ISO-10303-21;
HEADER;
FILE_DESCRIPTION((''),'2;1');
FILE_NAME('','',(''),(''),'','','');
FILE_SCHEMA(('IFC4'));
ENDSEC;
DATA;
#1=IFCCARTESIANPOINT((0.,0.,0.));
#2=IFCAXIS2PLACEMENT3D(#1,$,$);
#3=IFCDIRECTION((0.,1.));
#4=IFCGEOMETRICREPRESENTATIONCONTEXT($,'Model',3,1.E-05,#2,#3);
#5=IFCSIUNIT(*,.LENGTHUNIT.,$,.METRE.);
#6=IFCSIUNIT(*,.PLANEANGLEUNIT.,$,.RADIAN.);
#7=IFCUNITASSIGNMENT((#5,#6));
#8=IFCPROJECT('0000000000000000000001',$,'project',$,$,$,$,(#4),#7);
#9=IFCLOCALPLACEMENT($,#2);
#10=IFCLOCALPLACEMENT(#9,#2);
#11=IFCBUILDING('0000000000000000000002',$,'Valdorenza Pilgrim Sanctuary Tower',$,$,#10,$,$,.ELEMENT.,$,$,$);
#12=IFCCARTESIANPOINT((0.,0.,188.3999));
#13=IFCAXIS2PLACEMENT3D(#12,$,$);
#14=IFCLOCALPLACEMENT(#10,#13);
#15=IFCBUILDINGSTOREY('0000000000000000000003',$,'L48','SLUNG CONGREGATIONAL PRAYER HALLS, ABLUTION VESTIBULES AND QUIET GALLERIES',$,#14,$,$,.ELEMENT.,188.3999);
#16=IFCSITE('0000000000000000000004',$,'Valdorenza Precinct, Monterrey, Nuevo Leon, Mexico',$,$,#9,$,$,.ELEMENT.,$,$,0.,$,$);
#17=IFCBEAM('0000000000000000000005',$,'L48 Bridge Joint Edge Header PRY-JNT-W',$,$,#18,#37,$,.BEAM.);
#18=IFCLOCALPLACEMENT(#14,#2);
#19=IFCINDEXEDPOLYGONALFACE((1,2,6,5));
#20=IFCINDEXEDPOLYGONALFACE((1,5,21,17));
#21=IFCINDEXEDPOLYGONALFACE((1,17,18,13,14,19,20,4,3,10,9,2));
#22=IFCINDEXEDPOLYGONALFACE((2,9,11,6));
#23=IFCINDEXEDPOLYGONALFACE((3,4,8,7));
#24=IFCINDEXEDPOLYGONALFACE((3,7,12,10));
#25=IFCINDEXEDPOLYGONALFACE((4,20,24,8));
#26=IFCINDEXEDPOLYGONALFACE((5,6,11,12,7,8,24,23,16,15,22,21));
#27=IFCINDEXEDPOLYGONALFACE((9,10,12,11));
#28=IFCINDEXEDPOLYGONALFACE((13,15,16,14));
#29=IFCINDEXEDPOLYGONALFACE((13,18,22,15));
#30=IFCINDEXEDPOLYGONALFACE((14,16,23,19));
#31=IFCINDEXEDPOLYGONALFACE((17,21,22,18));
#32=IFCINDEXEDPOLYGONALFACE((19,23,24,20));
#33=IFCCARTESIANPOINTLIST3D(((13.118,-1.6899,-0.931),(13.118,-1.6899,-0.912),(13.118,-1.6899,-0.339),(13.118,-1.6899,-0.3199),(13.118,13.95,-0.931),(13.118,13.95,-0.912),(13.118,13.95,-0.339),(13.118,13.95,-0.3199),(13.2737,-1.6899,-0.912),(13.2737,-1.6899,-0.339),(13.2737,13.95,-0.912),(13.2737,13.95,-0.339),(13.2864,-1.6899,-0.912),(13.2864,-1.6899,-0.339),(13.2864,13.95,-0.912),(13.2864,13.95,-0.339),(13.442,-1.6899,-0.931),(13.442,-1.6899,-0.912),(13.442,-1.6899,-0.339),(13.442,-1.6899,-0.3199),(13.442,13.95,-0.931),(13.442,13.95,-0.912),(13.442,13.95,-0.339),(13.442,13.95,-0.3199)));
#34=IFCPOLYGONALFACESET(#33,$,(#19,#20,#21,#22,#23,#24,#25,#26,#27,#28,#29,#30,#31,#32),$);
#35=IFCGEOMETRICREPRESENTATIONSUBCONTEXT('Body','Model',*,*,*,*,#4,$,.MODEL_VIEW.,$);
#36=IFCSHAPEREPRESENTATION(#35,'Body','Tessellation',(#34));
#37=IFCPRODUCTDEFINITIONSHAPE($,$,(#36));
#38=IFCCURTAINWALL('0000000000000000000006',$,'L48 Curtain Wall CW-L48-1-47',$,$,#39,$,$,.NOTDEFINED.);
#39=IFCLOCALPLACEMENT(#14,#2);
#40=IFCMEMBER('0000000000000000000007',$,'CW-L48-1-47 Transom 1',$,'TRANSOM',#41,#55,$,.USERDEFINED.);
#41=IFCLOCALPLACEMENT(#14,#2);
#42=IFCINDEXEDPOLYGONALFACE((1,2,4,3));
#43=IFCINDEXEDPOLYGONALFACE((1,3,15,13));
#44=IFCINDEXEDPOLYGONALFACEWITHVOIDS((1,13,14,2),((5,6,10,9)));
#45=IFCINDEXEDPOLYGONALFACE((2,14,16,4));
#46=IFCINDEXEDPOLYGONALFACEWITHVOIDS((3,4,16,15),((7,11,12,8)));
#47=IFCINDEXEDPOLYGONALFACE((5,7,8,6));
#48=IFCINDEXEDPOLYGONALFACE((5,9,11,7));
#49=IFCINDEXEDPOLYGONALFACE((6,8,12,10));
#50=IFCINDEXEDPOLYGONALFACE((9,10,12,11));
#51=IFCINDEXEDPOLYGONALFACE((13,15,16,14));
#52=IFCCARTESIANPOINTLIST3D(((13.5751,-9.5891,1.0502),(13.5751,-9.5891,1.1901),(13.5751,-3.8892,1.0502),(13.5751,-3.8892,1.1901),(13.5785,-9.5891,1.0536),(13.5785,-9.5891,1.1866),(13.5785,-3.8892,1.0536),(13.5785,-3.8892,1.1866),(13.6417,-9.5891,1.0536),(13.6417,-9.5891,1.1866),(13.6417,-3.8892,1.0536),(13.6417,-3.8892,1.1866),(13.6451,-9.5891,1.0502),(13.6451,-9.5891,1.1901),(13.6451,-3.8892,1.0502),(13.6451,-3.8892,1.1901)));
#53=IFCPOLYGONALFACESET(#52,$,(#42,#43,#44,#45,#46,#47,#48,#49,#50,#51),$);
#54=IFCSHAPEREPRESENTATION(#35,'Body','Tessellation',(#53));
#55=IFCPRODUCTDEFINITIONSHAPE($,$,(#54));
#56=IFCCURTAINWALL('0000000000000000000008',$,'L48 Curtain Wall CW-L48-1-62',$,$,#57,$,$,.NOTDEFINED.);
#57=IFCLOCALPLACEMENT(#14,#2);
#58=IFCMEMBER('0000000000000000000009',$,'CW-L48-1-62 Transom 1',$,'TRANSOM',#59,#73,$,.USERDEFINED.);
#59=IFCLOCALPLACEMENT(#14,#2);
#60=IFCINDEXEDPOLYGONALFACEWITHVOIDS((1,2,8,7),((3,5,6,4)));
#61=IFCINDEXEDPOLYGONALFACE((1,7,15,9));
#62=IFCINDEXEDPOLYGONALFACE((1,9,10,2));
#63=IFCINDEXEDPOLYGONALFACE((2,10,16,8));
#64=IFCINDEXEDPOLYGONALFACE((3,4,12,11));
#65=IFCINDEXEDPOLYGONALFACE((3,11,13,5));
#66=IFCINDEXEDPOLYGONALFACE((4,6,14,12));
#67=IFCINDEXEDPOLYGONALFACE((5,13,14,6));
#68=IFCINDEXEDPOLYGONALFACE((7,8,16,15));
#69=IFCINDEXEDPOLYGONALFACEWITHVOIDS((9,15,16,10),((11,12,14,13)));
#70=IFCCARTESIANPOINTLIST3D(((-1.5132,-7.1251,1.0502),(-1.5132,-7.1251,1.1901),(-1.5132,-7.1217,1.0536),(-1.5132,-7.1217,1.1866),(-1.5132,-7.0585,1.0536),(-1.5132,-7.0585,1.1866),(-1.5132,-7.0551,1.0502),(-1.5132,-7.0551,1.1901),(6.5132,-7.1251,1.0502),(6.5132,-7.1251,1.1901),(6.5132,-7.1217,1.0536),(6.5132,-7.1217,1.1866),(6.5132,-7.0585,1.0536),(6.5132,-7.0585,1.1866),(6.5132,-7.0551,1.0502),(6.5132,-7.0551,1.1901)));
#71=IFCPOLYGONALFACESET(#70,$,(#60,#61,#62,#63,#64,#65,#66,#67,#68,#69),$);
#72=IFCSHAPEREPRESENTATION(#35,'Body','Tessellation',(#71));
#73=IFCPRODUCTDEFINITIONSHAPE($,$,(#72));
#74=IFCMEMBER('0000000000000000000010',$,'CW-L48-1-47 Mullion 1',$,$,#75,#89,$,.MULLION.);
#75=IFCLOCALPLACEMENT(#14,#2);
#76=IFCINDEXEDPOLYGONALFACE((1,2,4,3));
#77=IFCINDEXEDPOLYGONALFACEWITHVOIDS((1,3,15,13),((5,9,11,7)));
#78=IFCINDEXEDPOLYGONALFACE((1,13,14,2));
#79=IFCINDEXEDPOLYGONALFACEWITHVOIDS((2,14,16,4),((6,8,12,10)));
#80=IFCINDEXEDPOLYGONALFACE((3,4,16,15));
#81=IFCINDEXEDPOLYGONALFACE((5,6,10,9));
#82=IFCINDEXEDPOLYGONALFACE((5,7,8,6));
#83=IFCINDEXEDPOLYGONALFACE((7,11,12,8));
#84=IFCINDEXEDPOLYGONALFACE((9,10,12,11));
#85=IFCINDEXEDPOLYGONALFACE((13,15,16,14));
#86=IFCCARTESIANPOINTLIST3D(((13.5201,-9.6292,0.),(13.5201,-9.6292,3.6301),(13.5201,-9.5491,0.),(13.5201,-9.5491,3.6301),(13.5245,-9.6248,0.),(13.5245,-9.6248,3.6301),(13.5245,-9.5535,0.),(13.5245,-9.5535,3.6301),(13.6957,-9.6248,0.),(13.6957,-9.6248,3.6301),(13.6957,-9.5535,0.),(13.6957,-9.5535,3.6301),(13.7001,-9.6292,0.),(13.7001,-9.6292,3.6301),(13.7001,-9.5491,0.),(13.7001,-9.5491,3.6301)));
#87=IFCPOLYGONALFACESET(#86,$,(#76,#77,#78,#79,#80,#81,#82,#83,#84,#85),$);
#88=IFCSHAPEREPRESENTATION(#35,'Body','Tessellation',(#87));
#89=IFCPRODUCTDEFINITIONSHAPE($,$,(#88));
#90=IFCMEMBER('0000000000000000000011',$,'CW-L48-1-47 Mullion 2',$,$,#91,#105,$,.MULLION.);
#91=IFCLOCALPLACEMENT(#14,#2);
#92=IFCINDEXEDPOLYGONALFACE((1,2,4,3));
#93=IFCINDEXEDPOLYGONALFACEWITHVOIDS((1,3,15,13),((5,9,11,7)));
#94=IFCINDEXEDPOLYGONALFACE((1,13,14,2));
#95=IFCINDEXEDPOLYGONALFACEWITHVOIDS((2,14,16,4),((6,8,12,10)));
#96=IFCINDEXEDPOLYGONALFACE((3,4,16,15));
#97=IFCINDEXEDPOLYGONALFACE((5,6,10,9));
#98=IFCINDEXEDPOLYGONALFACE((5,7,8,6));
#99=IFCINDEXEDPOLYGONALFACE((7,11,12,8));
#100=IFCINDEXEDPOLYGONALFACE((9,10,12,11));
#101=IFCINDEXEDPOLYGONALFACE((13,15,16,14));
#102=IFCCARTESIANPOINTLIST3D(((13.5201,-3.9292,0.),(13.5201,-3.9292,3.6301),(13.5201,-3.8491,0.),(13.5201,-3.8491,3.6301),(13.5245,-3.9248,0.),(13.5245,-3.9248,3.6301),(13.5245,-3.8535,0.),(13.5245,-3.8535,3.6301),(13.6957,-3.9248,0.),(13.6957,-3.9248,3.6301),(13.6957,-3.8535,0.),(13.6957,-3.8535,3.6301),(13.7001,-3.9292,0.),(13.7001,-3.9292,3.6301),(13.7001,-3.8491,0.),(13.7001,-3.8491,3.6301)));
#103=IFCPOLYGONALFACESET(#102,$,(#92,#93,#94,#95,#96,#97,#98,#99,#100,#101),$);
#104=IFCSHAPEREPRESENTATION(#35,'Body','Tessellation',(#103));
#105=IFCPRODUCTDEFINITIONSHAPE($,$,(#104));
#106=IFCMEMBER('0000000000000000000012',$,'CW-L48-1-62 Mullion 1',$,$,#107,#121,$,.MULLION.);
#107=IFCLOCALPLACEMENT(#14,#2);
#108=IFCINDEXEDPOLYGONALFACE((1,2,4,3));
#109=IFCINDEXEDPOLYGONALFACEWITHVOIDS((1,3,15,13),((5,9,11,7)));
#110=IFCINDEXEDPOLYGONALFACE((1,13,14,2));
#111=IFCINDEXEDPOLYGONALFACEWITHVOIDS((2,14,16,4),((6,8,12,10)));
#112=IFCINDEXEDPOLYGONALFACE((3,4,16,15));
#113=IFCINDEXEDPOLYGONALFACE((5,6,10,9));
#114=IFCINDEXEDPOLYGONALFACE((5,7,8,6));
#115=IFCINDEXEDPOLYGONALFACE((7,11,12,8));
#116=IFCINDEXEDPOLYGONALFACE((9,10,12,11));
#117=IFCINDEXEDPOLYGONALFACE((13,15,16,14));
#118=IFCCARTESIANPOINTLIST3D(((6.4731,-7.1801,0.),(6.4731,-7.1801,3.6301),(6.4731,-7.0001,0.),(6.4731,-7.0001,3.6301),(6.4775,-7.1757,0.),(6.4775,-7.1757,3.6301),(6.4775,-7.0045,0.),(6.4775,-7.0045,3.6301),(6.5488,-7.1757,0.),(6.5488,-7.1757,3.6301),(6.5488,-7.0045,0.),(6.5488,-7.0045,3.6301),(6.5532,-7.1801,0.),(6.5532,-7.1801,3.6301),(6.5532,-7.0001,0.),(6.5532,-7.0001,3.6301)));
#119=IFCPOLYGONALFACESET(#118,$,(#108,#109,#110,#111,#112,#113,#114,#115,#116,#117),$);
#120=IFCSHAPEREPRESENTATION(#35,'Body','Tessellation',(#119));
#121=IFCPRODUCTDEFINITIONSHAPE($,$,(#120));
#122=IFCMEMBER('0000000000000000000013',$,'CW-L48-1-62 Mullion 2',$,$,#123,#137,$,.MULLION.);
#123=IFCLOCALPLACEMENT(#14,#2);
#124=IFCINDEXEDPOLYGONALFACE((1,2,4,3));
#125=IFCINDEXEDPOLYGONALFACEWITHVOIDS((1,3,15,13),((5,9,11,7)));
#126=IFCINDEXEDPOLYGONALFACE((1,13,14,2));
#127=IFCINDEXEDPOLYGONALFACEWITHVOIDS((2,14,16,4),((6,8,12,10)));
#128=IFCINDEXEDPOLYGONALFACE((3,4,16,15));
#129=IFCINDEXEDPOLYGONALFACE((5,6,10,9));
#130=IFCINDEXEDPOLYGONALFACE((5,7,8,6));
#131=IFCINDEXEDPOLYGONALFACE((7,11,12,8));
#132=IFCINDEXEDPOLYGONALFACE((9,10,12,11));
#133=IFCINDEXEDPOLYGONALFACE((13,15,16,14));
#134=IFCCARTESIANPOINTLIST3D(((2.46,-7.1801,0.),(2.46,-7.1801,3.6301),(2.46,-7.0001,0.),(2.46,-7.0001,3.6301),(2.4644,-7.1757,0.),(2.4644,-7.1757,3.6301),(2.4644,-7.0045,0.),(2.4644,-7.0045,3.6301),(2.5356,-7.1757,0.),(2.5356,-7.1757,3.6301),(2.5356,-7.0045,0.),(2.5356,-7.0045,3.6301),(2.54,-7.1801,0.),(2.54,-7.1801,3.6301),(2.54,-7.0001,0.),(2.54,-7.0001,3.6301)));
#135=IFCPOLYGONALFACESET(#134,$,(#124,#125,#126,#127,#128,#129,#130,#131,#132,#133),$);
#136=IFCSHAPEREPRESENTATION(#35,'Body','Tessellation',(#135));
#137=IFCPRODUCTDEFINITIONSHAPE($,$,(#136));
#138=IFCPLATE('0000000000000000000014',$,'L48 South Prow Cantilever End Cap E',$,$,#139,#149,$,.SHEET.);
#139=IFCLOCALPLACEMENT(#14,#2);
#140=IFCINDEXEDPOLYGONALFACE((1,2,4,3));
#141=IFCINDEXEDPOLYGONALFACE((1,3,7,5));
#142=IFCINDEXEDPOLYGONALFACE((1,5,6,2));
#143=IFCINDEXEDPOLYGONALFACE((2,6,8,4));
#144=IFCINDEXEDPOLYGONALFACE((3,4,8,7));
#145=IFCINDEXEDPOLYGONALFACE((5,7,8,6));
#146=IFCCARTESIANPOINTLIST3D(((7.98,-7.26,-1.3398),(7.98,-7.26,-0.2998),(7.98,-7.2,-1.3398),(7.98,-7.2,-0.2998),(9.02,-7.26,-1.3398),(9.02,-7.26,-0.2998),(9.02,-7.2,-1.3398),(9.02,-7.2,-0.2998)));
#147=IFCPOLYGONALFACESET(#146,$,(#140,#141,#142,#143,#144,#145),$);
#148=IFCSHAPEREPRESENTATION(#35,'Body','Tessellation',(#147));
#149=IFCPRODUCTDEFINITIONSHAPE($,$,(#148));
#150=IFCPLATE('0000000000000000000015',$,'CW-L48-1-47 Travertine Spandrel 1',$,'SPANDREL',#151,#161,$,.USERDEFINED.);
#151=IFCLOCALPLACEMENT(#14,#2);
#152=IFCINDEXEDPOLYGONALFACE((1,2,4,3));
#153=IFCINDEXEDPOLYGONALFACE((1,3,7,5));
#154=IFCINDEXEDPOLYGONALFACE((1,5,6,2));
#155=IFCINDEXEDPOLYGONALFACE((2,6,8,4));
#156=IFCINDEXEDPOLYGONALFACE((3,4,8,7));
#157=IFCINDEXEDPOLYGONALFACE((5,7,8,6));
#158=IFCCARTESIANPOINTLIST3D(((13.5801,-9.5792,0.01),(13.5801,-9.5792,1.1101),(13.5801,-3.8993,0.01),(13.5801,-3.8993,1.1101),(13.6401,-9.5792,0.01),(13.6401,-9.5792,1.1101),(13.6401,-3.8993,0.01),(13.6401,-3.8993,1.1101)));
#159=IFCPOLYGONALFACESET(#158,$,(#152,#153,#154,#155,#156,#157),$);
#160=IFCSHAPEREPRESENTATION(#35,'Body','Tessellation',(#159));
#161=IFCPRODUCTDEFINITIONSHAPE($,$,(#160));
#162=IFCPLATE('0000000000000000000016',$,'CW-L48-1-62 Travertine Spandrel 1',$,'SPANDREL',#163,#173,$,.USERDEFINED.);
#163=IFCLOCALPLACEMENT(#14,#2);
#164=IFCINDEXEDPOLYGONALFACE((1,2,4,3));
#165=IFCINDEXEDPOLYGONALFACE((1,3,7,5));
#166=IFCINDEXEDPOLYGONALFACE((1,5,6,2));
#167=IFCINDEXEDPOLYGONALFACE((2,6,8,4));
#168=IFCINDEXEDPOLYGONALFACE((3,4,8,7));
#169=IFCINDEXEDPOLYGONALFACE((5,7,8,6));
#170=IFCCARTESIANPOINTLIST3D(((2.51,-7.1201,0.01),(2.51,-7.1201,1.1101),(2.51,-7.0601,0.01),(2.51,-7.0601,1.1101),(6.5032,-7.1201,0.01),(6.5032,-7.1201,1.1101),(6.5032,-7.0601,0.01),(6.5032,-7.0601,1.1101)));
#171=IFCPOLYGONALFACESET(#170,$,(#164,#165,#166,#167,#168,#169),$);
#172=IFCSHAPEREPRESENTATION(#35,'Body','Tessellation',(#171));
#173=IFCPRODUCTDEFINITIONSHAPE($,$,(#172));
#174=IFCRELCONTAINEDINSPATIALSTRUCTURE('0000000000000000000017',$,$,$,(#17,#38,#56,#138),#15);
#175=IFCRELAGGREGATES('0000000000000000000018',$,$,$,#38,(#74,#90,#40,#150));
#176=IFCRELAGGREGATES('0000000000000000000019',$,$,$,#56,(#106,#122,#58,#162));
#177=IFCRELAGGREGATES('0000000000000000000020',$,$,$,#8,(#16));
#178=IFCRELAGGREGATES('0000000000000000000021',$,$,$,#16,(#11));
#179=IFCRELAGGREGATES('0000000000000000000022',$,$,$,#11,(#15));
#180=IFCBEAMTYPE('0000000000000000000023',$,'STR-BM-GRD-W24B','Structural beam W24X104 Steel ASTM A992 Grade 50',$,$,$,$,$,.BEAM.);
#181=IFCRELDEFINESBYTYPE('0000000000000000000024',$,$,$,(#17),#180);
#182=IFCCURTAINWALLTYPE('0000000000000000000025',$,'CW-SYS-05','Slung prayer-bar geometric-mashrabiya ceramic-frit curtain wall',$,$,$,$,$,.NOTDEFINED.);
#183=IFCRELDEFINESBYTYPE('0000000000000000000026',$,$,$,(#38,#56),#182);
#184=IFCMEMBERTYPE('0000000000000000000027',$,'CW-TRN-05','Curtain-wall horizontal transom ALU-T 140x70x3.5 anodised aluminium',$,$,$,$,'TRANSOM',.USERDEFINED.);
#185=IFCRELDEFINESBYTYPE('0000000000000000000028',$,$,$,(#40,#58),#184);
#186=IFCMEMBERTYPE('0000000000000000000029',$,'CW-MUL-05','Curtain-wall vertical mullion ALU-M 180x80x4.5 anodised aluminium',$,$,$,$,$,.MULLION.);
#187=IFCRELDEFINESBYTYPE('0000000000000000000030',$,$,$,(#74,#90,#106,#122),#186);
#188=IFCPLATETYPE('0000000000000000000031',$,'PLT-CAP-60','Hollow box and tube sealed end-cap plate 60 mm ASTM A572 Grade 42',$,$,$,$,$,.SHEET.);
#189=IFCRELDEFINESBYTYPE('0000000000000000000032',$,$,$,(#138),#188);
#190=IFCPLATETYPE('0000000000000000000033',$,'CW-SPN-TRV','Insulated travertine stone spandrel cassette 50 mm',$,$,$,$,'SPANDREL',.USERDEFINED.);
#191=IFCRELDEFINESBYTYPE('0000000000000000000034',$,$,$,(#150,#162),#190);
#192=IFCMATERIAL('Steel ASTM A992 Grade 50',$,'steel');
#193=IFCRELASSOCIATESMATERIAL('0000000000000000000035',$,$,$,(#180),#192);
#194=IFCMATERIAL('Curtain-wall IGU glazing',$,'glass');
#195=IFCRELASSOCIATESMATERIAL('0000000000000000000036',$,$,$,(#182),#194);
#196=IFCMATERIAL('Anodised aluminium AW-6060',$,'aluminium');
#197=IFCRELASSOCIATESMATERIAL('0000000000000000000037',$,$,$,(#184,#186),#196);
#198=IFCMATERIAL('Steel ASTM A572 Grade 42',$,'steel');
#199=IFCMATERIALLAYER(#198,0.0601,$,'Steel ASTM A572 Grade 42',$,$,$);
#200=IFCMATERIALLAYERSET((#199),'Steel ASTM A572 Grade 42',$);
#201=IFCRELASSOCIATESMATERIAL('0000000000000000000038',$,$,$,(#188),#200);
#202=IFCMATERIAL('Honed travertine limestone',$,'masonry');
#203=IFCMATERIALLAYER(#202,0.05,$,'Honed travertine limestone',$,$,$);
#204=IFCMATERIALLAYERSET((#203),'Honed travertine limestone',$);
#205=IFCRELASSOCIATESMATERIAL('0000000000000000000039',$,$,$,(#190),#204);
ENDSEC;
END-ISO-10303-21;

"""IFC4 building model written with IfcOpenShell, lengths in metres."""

from ifc_helpers import new_model, si_unit, direction, frame, origin, origin_2d, place, context, subcontext, project, spatial, rectangle, hollow_rectangle, i_section, extrude, source, transform, mapped, material, layer, layer_set, material_profile, profile_set, type_object, element, aggregate, save


model = new_model("IFC4")

# Units and contexts
model_context = context("Model", 3, precision=1e-05, world=origin(), true_north=direction((0.0, 1.0)))
body_context = subcontext(model_context, "Body", "Model", "MODEL_VIEW")
ifc_project = project(units=[si_unit("LENGTHUNIT", "METRE"), si_unit("PLANEANGLEUNIT", "RADIAN")], contexts=[model_context])

# Site, building, storey
site_placement = place(None, origin())
site = spatial("IfcSite", under=ifc_project, at=site_placement, Name="Valdorenza Precinct, Monterrey, Nuevo Leon, Mexico", CompositionType="ELEMENT", RefElevation=0.0)
building_placement = place(site_placement, origin())
building = spatial("IfcBuilding", under=site, at=building_placement, Name="Valdorenza Pilgrim Sanctuary Tower", CompositionType="ELEMENT")
storey_placement = place(building_placement, frame((0.0, 0.0, 188.3999)))
storey = spatial("IfcBuildingStorey", under=building, at=storey_placement, Name="L48", Description="SLUNG CONGREGATIONAL PRAYER HALLS, ABLUTION VESTIBULES AND QUIET GALLERIES", CompositionType="ELEMENT", Elevation=188.3999)

# Beam
ifc_material_1 = material(Name="Steel ASTM A992 Grade 50", Category="steel")
ifc_material_profile_1 = material_profile(ifc_material_1, i_section(OverallWidth=0.324, OverallDepth=0.6111, WebThickness=0.0127, FlangeThickness=0.019, at=origin_2d()), Name="W24X104")
ifc_profile_set_1 = profile_set([ifc_material_profile_1], Name="Steel ASTM A992 Grade 50")
beam_type = type_object("IfcBeamType", Name="STR-BM-GRD-W24B", Description="Structural beam W24X104 Steel ASTM A992 Grade 50", PredefinedType="BEAM", material=ifc_profile_set_1)
shared_shape_1 = source(origin(), body_context, "Body", "SweptSolid", [
    extrude(i_section(OverallWidth=0.324, OverallDepth=0.6111, WebThickness=0.0127, FlangeThickness=0.019, at=origin_2d()), origin(), (0.0, 0.0, 1.0), 15.6399),
])
beam_placement = place(storey_placement, frame((13.28, -1.6899, -0.6255), z_axis=(0.0, 1.0, 0.0), x_axis=(-1.0, 0.0, 0.0)))
element("IfcBeam", 1, at=beam_placement, inside=storey, type_object=beam_type, Name="L48 Bridge Joint Edge Header PRY-JNT-W", PredefinedType="BEAM", context=body_context, shape_type="MappedRepresentation", body=[
    mapped(shared_shape_1, transform((0.0, 0.0, 0.0), x_axis=(1.0, 0.0, 0.0), y_axis=(0.0, 1.0, 0.0), z_axis=(0.0, 0.0, 1.0), scale=1.0)),
])

# Curtain walls, members
ifc_material_2 = material(Name="Curtain-wall IGU glazing", Category="glass")
curtain_wall_type = type_object("IfcCurtainWallType", Name="CW-SYS-05", Description="Slung prayer-bar geometric-mashrabiya ceramic-frit curtain wall", PredefinedType="NOTDEFINED", material=ifc_material_2)
curtain_wall_1_placement = place(storey_placement, origin())
curtain_wall_1 = element("IfcCurtainWall", 2, at=curtain_wall_1_placement, inside=storey, type_object=curtain_wall_type, Name="L48 Curtain Wall CW-L48-1-47", PredefinedType="NOTDEFINED")
ifc_material_3 = material(Name="Anodised aluminium AW-6060", Category="aluminium")
ifc_material_profile_2 = material_profile(ifc_material_3, hollow_rectangle(XDim=0.0701, YDim=0.1399, WallThickness=0.0034, at=origin_2d()), Name="ALU-T 140x70x3.5")
ifc_profile_set_2 = profile_set([ifc_material_profile_2], Name="Anodised aluminium AW-6060")
member_type_1 = type_object("IfcMemberType", Name="CW-TRN-05", Description="Curtain-wall horizontal transom ALU-T 140x70x3.5 anodised aluminium", ElementType="TRANSOM", PredefinedType="USERDEFINED", material=ifc_profile_set_2)
shared_shape_2 = source(origin(), body_context, "Body", "SweptSolid", [
    extrude(hollow_rectangle(XDim=0.0701, YDim=0.1399, WallThickness=0.0034, at=origin_2d()), origin(), (0.0, 0.0, 1.0), 5.7),
])
member_1_placement = place(storey_placement, frame((13.6101, -9.5891, 1.1201), z_axis=(0.0, 1.0, 0.0), x_axis=(-1.0, 0.0, 0.0)))
member_1 = element("IfcMember", 3, at=member_1_placement, type_object=member_type_1, Name="CW-L48-1-47 Transom 1", ObjectType="TRANSOM", PredefinedType="USERDEFINED", context=body_context, shape_type="MappedRepresentation", body=[
    mapped(shared_shape_2, transform((0.0, 0.0, 0.0), x_axis=(1.0, 0.0, 0.0), y_axis=(0.0, 1.0, 0.0), z_axis=(0.0, 0.0, 1.0), scale=1.0)),
])
curtain_wall_2_placement = place(storey_placement, origin())
curtain_wall_2 = element("IfcCurtainWall", 4, at=curtain_wall_2_placement, inside=storey, type_object=curtain_wall_type, Name="L48 Curtain Wall CW-L48-1-62", PredefinedType="NOTDEFINED")
shared_shape_3 = source(origin(), body_context, "Body", "SweptSolid", [
    extrude(hollow_rectangle(XDim=0.0701, YDim=0.1399, WallThickness=0.0034, at=origin_2d()), origin(), (0.0, 0.0, 1.0), 8.0264),
])
member_2_placement = place(storey_placement, frame((6.5132, -7.0901, 1.1201), z_axis=(-1.0, 0.0, 0.0), x_axis=(0.0, -1.0, 0.0)))
member_2 = element("IfcMember", 5, at=member_2_placement, type_object=member_type_1, Name="CW-L48-1-62 Transom 1", ObjectType="TRANSOM", PredefinedType="USERDEFINED", context=body_context, shape_type="MappedRepresentation", body=[
    mapped(shared_shape_3, transform((0.0, 0.0, 0.0), x_axis=(1.0, 0.0, 0.0), y_axis=(0.0, 1.0, 0.0), z_axis=(0.0, 0.0, 1.0), scale=1.0)),
])

# Members
ifc_material_profile_3 = material_profile(ifc_material_3, hollow_rectangle(XDim=0.0801, YDim=0.1799, WallThickness=0.0044, at=origin_2d()), Name="ALU-M 180x80x4.5")
ifc_profile_set_3 = profile_set([ifc_material_profile_3], Name="Anodised aluminium AW-6060")
member_type_2 = type_object("IfcMemberType", Name="CW-MUL-05", Description="Curtain-wall vertical mullion ALU-M 180x80x4.5 anodised aluminium", PredefinedType="MULLION", material=ifc_profile_set_3)
shared_shape_4 = source(origin(), body_context, "Body", "SweptSolid", [
    extrude(hollow_rectangle(XDim=0.0801, YDim=0.1799, WallThickness=0.0044, at=origin_2d()), origin(), (0.0, 0.0, 1.0), 3.6301),
])
member_3_placement = place(storey_placement, frame((13.6101, -9.5891, 0.0), z_axis=(0.0, 0.0, 1.0), x_axis=(0.0, 1.0, 0.0)))
member_3 = element("IfcMember", 6, at=member_3_placement, type_object=member_type_2, Name="CW-L48-1-47 Mullion 1", PredefinedType="MULLION", context=body_context, shape_type="MappedRepresentation", body=[
    mapped(shared_shape_4, transform((0.0, 0.0, 0.0), x_axis=(1.0, 0.0, 0.0), y_axis=(0.0, 1.0, 0.0), z_axis=(0.0, 0.0, 1.0), scale=1.0)),
])
member_4_placement = place(storey_placement, frame((13.6101, -3.8892, 0.0), z_axis=(0.0, 0.0, 1.0), x_axis=(0.0, 1.0, 0.0)))
member_4 = element("IfcMember", 7, at=member_4_placement, type_object=member_type_2, Name="CW-L48-1-47 Mullion 2", PredefinedType="MULLION", context=body_context, shape_type="MappedRepresentation", body=[
    mapped(shared_shape_4, transform((0.0, 0.0, 0.0), x_axis=(1.0, 0.0, 0.0), y_axis=(0.0, 1.0, 0.0), z_axis=(0.0, 0.0, 1.0), scale=1.0)),
])
member_5_placement = place(storey_placement, frame((6.5132, -7.0901, 0.0), z_axis=(0.0, 0.0, 1.0), x_axis=(-1.0, 0.0, 0.0)))
member_5 = element("IfcMember", 8, at=member_5_placement, type_object=member_type_2, Name="CW-L48-1-62 Mullion 1", PredefinedType="MULLION", context=body_context, shape_type="MappedRepresentation", body=[
    mapped(shared_shape_4, transform((0.0, 0.0, 0.0), x_axis=(1.0, 0.0, 0.0), y_axis=(0.0, 1.0, 0.0), z_axis=(0.0, 0.0, 1.0), scale=1.0)),
])
member_6_placement = place(storey_placement, frame((2.5, -7.0901, 0.0), z_axis=(0.0, 0.0, 1.0), x_axis=(-1.0, 0.0, 0.0)))
member_6 = element("IfcMember", 9, at=member_6_placement, type_object=member_type_2, Name="CW-L48-1-62 Mullion 2", PredefinedType="MULLION", context=body_context, shape_type="MappedRepresentation", body=[
    mapped(shared_shape_4, transform((0.0, 0.0, 0.0), x_axis=(1.0, 0.0, 0.0), y_axis=(0.0, 1.0, 0.0), z_axis=(0.0, 0.0, 1.0), scale=1.0)),
])

# Plates
ifc_material_4 = material(Name="Steel ASTM A572 Grade 42", Category="steel")
ifc_layer_1 = layer(ifc_material_4, 0.0601, Name="Steel ASTM A572 Grade 42")
ifc_layer_set_1 = layer_set([ifc_layer_1], Name="Steel ASTM A572 Grade 42")
plate_type_1 = type_object("IfcPlateType", Name="PLT-CAP-60", Description="Hollow box and tube sealed end-cap plate 60 mm ASTM A572 Grade 42", PredefinedType="SHEET", material=ifc_layer_set_1)
shared_shape_5 = source(origin(), body_context, "Body", "SweptSolid", [
    extrude(rectangle(XDim=1.04, YDim=0.0601, at=origin_2d()), origin(), (0.0, 0.0, 1.0), 1.04),
])
plate_1_placement = place(storey_placement, frame((8.5, -7.23, -1.3398), z_axis=(0.0, 0.0, 1.0), x_axis=(1.0, 0.0, 0.0)))
element("IfcPlate", 10, at=plate_1_placement, inside=storey, type_object=plate_type_1, Name="L48 South Prow Cantilever End Cap E", PredefinedType="SHEET", context=body_context, shape_type="MappedRepresentation", body=[
    mapped(shared_shape_5, transform((0.0, 0.0, 0.0), x_axis=(1.0, 0.0, 0.0), y_axis=(0.0, 1.0, 0.0), z_axis=(0.0, 0.0, 1.0), scale=1.0)),
])
ifc_material_5 = material(Name="Honed travertine limestone", Category="masonry")
ifc_layer_2 = layer(ifc_material_5, 0.05, Name="Honed travertine limestone")
ifc_layer_set_2 = layer_set([ifc_layer_2], Name="Honed travertine limestone")
plate_type_2 = type_object("IfcPlateType", Name="CW-SPN-TRV", Description="Insulated travertine stone spandrel cassette 50 mm", ElementType="SPANDREL", PredefinedType="USERDEFINED", material=ifc_layer_set_2)
shared_shape_6 = source(origin(), body_context, "Body", "SweptSolid", [
    extrude(rectangle(XDim=5.6799, YDim=0.0601, at=origin_2d()), origin(), (0.0, 0.0, 1.0), 1.1001),
])
plate_2_placement = place(storey_placement, frame((13.6101, -6.7393, 0.01), z_axis=(0.0, 0.0, 1.0), x_axis=(0.0, 1.0, 0.0)))
plate_2 = element("IfcPlate", 11, at=plate_2_placement, type_object=plate_type_2, Name="CW-L48-1-47 Travertine Spandrel 1", ObjectType="SPANDREL", PredefinedType="USERDEFINED", context=body_context, shape_type="MappedRepresentation", body=[
    mapped(shared_shape_6, transform((0.0, 0.0, 0.0), x_axis=(1.0, 0.0, 0.0), y_axis=(0.0, 1.0, 0.0), z_axis=(0.0, 0.0, 1.0), scale=1.0)),
])
shared_shape_7 = source(origin(), body_context, "Body", "SweptSolid", [
    extrude(rectangle(XDim=3.9932, YDim=0.0601, at=origin_2d()), origin(), (0.0, 0.0, 1.0), 1.1001),
])
plate_3_placement = place(storey_placement, frame((4.5066, -7.0901, 0.01), z_axis=(0.0, 0.0, 1.0), x_axis=(-1.0, 0.0, 0.0)))
plate_3 = element("IfcPlate", 12, at=plate_3_placement, type_object=plate_type_2, Name="CW-L48-1-62 Travertine Spandrel 1", ObjectType="SPANDREL", PredefinedType="USERDEFINED", context=body_context, shape_type="MappedRepresentation", body=[
    mapped(shared_shape_7, transform((0.0, 0.0, 0.0), x_axis=(1.0, 0.0, 0.0), y_axis=(0.0, 1.0, 0.0), z_axis=(0.0, 0.0, 1.0), scale=1.0)),
])
aggregate(curtain_wall_1, [member_3, member_4, member_1, plate_2])
aggregate(curtain_wall_2, [member_5, member_6, member_2, plate_3])

save(model, "model.ifc")
